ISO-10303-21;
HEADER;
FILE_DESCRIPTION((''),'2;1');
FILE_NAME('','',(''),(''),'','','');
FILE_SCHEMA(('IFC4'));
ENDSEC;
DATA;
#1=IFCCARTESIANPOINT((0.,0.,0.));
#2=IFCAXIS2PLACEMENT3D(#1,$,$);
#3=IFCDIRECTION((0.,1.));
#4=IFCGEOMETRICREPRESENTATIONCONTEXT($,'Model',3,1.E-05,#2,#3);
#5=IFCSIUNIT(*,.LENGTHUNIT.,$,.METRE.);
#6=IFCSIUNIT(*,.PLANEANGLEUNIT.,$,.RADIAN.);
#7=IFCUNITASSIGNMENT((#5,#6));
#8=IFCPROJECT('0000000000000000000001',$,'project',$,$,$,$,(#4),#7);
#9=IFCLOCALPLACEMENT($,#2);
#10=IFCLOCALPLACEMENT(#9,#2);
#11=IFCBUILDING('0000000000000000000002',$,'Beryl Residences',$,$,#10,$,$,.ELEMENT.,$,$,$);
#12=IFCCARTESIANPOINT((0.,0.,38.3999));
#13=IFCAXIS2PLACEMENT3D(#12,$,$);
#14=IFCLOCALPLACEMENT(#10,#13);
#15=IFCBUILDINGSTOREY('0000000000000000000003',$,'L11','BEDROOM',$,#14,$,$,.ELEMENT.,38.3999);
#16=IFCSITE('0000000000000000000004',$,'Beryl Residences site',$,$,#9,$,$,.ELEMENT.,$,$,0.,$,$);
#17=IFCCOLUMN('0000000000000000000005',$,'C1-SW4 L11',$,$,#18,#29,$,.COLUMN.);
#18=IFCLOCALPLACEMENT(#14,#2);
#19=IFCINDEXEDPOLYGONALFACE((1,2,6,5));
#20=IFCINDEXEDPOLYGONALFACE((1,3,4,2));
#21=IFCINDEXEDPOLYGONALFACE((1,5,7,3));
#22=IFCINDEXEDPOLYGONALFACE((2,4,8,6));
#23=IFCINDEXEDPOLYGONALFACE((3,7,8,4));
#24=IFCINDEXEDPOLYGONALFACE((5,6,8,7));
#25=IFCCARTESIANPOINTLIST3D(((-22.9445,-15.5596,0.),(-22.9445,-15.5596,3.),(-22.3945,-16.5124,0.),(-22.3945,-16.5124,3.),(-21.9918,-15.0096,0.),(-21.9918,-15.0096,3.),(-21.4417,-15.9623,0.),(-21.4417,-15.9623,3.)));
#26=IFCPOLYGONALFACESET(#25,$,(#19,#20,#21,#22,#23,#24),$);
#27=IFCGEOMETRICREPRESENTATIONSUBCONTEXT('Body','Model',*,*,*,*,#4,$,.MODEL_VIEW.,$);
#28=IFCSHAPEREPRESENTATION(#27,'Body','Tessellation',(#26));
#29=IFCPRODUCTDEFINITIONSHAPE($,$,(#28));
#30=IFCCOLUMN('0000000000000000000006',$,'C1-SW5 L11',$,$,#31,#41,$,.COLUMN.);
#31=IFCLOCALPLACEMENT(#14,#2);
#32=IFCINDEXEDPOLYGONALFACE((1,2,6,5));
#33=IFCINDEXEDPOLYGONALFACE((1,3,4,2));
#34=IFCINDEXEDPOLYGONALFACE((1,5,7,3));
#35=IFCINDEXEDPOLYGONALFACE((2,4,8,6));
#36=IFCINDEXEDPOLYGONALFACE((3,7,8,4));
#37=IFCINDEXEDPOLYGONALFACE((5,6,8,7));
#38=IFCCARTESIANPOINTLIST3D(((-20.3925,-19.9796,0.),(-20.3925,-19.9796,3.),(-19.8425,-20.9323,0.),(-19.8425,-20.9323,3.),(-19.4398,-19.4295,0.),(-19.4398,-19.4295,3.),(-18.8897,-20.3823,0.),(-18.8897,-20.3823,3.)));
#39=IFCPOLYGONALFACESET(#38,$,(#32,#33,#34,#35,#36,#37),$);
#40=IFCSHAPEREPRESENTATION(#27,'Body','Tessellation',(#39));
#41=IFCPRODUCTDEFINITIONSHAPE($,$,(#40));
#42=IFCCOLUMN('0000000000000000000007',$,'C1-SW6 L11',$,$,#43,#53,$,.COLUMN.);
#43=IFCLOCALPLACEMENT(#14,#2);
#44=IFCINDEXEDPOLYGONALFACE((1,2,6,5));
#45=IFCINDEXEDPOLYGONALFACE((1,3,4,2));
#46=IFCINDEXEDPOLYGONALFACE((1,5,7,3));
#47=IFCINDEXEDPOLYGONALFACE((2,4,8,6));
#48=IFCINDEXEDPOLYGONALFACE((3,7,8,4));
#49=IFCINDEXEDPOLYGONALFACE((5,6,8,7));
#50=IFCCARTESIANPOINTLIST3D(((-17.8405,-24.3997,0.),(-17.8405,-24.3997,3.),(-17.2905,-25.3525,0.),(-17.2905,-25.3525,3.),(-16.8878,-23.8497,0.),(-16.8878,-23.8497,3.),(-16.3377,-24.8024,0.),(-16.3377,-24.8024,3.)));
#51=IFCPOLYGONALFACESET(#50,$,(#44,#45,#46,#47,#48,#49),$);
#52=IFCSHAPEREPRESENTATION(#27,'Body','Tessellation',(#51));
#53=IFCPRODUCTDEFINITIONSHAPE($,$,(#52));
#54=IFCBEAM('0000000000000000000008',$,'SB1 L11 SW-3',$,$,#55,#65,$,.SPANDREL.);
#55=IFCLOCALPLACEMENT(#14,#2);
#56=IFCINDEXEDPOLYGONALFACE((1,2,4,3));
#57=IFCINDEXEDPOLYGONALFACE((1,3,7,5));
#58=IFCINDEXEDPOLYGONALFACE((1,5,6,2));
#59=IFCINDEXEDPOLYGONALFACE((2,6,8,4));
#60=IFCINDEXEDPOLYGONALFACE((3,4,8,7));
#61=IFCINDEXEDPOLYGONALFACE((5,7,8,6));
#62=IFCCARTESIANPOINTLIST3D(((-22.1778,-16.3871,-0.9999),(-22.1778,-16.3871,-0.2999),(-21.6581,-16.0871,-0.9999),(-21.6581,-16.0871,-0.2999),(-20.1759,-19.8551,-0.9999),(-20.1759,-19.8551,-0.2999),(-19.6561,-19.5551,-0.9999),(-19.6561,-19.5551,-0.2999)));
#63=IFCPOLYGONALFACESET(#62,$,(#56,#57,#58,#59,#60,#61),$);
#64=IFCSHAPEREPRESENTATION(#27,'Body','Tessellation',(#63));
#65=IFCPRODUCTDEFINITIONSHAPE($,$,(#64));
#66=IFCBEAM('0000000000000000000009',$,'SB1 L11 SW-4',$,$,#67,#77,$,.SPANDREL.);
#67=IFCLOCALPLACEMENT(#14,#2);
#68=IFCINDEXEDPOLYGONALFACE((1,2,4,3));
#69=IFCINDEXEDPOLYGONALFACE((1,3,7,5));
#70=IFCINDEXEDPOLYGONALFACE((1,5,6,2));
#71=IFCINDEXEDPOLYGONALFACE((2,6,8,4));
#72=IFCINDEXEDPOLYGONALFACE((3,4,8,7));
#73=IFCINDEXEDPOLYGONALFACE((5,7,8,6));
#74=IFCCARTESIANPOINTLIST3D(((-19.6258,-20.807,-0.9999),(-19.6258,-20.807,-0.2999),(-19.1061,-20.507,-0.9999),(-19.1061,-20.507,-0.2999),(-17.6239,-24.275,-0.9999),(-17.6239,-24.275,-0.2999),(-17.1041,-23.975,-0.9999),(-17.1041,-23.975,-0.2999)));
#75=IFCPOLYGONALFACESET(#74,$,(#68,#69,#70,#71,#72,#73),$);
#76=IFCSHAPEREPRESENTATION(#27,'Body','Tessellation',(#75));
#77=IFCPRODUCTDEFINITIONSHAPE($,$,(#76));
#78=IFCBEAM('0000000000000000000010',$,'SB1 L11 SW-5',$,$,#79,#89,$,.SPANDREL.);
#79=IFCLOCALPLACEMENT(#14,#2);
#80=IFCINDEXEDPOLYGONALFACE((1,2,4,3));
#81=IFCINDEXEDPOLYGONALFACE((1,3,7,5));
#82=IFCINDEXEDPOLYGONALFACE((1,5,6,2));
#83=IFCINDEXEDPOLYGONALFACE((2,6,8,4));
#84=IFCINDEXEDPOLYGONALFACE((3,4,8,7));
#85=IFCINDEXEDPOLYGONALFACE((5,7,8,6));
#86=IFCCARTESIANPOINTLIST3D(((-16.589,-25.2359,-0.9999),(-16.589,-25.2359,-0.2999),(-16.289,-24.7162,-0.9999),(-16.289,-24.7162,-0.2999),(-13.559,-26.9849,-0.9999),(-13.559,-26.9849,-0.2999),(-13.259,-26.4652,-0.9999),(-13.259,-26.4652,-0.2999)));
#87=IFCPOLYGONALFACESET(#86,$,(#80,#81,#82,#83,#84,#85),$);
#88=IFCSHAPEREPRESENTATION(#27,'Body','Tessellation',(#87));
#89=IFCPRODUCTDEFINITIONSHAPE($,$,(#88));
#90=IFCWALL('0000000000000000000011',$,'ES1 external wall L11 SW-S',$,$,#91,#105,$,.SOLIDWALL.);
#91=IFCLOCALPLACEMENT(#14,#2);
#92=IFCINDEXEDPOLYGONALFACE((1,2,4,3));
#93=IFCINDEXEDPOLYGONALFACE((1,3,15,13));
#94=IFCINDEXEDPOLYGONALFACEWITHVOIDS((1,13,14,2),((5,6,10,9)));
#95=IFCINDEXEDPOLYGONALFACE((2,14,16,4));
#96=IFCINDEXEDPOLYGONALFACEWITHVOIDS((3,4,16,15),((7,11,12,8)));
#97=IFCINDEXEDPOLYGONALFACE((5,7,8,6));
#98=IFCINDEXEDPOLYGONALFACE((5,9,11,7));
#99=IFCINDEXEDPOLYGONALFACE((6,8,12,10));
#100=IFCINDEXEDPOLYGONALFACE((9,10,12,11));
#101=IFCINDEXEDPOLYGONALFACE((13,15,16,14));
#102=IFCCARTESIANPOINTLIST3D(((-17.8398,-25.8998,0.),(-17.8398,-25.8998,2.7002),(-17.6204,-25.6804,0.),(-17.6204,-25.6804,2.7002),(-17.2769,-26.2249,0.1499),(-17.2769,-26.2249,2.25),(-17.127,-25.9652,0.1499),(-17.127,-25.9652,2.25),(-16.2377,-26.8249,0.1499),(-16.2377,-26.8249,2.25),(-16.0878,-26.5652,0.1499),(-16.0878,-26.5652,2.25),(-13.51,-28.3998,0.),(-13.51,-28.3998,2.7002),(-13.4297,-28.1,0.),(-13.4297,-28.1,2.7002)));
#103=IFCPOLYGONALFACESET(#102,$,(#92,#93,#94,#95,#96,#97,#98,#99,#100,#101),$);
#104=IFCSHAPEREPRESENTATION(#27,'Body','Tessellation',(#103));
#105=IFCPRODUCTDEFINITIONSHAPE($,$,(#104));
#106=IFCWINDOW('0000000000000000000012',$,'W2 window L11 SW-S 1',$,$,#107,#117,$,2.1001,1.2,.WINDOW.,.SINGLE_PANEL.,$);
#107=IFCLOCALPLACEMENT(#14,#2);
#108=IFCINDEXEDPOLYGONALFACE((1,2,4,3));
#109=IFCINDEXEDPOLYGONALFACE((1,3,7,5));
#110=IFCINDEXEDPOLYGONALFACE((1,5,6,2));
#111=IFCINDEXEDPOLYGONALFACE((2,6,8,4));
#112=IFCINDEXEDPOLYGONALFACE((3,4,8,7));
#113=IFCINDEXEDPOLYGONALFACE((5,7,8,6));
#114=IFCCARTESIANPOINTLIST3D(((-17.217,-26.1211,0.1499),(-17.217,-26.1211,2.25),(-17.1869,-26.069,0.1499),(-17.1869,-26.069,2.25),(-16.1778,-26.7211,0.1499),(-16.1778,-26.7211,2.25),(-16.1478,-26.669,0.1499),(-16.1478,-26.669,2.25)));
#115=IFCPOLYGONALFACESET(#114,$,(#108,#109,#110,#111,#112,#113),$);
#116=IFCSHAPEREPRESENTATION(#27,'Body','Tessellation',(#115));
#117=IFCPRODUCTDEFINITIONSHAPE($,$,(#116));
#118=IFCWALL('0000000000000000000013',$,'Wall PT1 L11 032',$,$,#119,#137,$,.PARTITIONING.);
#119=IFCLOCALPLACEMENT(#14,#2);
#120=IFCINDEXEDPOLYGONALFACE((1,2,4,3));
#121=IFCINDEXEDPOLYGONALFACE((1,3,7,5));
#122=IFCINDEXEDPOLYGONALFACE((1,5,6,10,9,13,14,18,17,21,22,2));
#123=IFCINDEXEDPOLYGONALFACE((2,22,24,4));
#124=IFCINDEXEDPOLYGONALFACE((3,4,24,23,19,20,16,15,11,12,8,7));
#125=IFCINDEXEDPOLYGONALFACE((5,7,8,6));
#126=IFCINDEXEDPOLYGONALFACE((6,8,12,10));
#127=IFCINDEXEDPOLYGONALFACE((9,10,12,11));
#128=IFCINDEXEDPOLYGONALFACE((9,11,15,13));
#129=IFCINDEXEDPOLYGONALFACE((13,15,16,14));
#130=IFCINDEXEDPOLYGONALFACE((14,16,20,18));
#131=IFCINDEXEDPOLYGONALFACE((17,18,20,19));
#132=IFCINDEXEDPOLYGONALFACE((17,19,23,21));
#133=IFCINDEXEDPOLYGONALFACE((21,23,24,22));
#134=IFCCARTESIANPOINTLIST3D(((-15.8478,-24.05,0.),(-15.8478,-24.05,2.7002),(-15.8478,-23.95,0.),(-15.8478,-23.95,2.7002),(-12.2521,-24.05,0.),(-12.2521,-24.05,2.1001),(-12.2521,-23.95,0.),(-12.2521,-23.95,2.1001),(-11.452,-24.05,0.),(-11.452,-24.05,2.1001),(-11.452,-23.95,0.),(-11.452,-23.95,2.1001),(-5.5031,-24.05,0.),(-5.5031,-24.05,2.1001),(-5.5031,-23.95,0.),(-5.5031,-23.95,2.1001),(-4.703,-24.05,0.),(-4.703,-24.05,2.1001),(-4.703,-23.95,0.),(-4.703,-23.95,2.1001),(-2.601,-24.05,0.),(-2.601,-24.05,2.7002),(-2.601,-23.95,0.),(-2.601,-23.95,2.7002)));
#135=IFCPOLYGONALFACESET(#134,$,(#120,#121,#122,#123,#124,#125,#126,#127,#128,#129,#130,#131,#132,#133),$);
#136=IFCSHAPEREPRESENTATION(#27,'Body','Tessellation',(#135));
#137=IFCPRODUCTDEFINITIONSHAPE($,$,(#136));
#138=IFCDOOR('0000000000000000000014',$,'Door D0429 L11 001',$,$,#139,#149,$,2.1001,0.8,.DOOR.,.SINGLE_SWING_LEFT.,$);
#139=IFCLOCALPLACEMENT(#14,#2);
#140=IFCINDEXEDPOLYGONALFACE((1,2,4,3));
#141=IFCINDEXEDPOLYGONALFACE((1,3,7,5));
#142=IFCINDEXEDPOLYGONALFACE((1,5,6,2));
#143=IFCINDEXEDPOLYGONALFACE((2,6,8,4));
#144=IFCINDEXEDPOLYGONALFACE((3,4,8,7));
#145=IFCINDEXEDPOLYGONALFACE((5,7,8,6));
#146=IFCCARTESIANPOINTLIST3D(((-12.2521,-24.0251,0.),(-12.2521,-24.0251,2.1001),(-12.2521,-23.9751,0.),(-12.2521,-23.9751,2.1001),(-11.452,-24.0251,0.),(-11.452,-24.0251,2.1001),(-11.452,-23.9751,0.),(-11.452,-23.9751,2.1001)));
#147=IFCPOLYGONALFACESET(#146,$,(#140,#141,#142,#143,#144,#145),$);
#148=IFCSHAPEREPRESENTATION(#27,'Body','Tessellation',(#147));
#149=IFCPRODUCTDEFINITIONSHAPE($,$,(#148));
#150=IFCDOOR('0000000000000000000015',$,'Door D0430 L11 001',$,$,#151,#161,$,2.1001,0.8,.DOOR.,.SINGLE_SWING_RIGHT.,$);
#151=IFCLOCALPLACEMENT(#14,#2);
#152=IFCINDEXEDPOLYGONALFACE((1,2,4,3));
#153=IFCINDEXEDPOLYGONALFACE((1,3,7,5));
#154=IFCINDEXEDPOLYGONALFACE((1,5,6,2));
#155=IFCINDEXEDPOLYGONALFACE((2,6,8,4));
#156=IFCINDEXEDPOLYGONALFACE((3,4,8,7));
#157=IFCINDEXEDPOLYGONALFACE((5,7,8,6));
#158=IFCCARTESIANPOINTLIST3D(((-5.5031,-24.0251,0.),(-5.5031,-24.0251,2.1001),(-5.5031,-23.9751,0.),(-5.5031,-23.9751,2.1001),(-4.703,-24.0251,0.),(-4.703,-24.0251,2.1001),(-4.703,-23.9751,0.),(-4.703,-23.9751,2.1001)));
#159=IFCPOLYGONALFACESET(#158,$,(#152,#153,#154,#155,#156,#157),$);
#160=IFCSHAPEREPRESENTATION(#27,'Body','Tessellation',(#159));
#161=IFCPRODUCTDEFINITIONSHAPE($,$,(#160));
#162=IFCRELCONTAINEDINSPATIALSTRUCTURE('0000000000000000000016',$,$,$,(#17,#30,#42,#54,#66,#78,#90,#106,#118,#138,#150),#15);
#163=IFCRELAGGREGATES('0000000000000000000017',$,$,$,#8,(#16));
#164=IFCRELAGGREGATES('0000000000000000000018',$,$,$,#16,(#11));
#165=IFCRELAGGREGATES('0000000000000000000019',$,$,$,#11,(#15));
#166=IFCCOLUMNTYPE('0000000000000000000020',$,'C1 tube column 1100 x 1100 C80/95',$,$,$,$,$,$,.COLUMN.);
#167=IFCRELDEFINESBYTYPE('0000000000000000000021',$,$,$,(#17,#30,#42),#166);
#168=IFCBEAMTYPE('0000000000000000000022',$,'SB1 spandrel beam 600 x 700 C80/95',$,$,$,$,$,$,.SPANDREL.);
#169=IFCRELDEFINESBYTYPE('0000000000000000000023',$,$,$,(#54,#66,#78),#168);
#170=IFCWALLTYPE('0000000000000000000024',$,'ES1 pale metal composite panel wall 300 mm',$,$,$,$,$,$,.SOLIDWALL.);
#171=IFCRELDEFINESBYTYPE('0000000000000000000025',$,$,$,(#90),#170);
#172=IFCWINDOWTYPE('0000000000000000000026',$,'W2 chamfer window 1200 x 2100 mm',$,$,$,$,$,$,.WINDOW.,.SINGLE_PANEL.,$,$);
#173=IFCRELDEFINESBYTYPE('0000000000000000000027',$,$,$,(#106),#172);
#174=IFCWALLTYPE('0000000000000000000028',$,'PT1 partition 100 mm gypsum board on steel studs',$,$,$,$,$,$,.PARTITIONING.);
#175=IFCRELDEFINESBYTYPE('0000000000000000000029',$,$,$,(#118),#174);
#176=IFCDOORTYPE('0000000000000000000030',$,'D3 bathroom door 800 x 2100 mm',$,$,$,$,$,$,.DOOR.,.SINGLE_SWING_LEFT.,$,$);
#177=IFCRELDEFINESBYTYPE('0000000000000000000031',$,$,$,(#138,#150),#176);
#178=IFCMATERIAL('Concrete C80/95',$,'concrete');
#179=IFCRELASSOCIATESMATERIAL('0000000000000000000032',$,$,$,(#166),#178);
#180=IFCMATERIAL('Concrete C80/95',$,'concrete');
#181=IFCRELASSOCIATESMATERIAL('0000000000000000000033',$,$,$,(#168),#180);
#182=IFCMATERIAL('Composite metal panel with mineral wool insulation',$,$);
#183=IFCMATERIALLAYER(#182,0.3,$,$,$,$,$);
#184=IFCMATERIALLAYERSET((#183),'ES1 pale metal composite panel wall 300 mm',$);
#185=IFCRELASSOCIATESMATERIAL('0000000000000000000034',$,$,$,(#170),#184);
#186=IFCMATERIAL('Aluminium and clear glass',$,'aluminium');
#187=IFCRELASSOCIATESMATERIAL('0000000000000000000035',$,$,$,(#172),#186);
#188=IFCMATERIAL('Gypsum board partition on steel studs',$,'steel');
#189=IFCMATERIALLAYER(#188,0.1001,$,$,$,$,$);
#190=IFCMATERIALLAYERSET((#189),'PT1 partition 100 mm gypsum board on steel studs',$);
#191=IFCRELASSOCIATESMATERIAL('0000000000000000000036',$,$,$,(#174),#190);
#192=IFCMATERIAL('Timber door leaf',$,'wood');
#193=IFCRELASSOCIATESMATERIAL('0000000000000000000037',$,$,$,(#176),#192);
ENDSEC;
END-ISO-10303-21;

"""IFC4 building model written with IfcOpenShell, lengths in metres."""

from ifc_helpers import new_model, si_unit, direction, frame, frame_2d, origin, origin_2d, place, context, subcontext, project, spatial, polyline, rectangle, outline, extrude, material, layer, layer_set, material_profile, profile_set, type_object, element, fill, save


model = new_model("IFC4")

# Units and contexts
model_context = context("Model", 3, precision=1e-05, world=origin(), true_north=direction((0.0, 1.0)))
body_context = subcontext(model_context, "Body", "Model", "MODEL_VIEW")
ifc_project = project(units=[si_unit("LENGTHUNIT", "METRE"), si_unit("PLANEANGLEUNIT", "RADIAN")], contexts=[model_context])

# Site, building, storey
site_placement = place(None, origin())
site = spatial("IfcSite", under=ifc_project, at=site_placement, Name="Beryl Residences site", CompositionType="ELEMENT", RefElevation=0.0)
building_placement = place(site_placement, origin())
building = spatial("IfcBuilding", under=site, at=building_placement, Name="Beryl Residences", CompositionType="ELEMENT")
storey_placement = place(building_placement, frame((0.0, 0.0, 38.3999)))
storey = spatial("IfcBuildingStorey", under=building, at=storey_placement, Name="L11", Description="BEDROOM", CompositionType="ELEMENT", Elevation=38.3999)

# Columns
ifc_material_1 = material(Name="Concrete C80/95", Category="concrete")
ifc_material_profile_1 = material_profile(ifc_material_1, rectangle(XDim=1.1001, YDim=1.1001, at=origin_2d()))
ifc_profile_set_1 = profile_set([ifc_material_profile_1], Name="Concrete C80/95")
column_type = type_object("IfcColumnType", Name="C1 tube column 1100 x 1100 C80/95", PredefinedType="COLUMN", material=ifc_profile_set_1)
for number, where, z_axis, x_axis, name in (
    (1, (-22.1931, -15.761, 0.0), (0.0, 0.0, 1.0), (0.499985, -0.866034, 0.0), "C1-SW4 L11"),
    (2, (-19.6411, -20.1809, 0.0), (0.0, 0.0, 1.0), (0.499985, -0.866034, 0.0), "C1-SW5 L11"),
    (3, (-17.0891, -24.6011, 0.0), (0.0, 0.0, 1.0), (0.499985, -0.866034, 0.0), "C1-SW6 L11"),
):
    element("IfcColumn", number, at=place(storey_placement, frame(where, z_axis=z_axis, x_axis=x_axis)), inside=storey, type_object=column_type, Name=name, PredefinedType="COLUMN", context=body_context, shape_type="SweptSolid", body=[
        extrude(rectangle(XDim=1.1001, YDim=1.1001, at=origin_2d()), origin(), (0.0, 0.0, 1.0), 3.0),
    ])

# Beams
ifc_material_2 = material(Name="Concrete C80/95", Category="concrete")
ifc_material_profile_2 = material_profile(ifc_material_2, rectangle(XDim=0.6001, YDim=0.7, at=origin_2d()))
ifc_profile_set_2 = profile_set([ifc_material_profile_2], Name="Concrete C80/95")
beam_type = type_object("IfcBeamType", Name="SB1 spandrel beam 600 x 700 C80/95", PredefinedType="SPANDREL", material=ifc_profile_set_2)
for number, where, z_axis, x_axis, name in (
    (4, (-21.918, -16.2371, -0.6499), (0.499942, -0.866059, 0.0), (0.866059, 0.499942, 0.0), "SB1 L11 SW-3"),
    (5, (-19.366, -20.657, -0.6499), (0.499942, -0.866059, 0.0), (0.866059, 0.499942, 0.0), "SB1 L11 SW-4"),
):
    element("IfcBeam", number, at=place(storey_placement, frame(where, z_axis=z_axis, x_axis=x_axis)), inside=storey, type_object=beam_type, Name=name, PredefinedType="SPANDREL", context=body_context, shape_type="SweptSolid", body=[
        extrude(rectangle(XDim=0.6001, YDim=0.7, at=origin_2d()), origin(), (0.0, 0.0, 1.0), 4.0044),
    ])
beam_placement = place(storey_placement, frame((-16.439, -24.9761, -0.6499), z_axis=(0.866071, -0.499922, 0.0), x_axis=(0.499922, 0.866071, 0.0)))
element("IfcBeam", 6, at=beam_placement, inside=storey, type_object=beam_type, Name="SB1 L11 SW-5", PredefinedType="SPANDREL", context=body_context, shape_type="SweptSolid", body=[
    extrude(rectangle(XDim=0.6001, YDim=0.7, at=origin_2d()), origin(), (0.0, 0.0, 1.0), 3.4985),
])

# Wall, opening, window
ifc_material_3 = material(Name="Composite metal panel with mineral wool insulation")
ifc_layer_1 = layer(ifc_material_3, 0.3)
ifc_layer_set_1 = layer_set([ifc_layer_1], Name="ES1 pale metal composite panel wall 300 mm")
wall_type_1 = type_object("IfcWallType", Name="ES1 pale metal composite panel wall 300 mm", PredefinedType="SOLIDWALL", material=ifc_layer_set_1)
wall_1_placement = place(storey_placement, frame((-17.7649, -25.77, 0.0), z_axis=(0.0, 0.0, 1.0), x_axis=(0.866011, -0.500025, 0.0)))
wall_1 = element("IfcWall", 7, at=wall_1_placement, inside=storey, type_object=wall_type_1, Name="ES1 external wall L11 SW-S", PredefinedType="SOLIDWALL", context=body_context, shape_type="SweptSolid", body=[
    extrude(outline(polyline([(0.0, -0.1499), (4.9998, -0.1499), (4.9194, 0.1499), (0.0803, 0.1499), (0.0, -0.1499)])), origin(), (0.0, 0.0, 1.0), 2.7002),
])
opening_1_placement = place(wall_1_placement, frame((0.6499, 0.0, 0.1499)))
opening_1 = element("IfcOpeningElement", 8, at=opening_1_placement, cuts=wall_1, PredefinedType="OPENING", context=body_context, shape_type="SweptSolid", body=[
    extrude(rectangle(XDim=1.2, YDim=2.1001, at=frame_2d((0.6001, 1.05))), frame((0.0, 0.1599, 0.0), z_axis=(0.0, -1.0, 0.0), x_axis=(1.0, 0.0, 0.0)), (0.0, 0.0, 1.0), 0.3201),
])
ifc_material_4 = material(Name="Aluminium and clear glass", Category="aluminium")
window_type = type_object("IfcWindowType", Name="W2 chamfer window 1200 x 2100 mm", PartitioningType="SINGLE_PANEL", PredefinedType="WINDOW", material=ifc_material_4)
window_placement = place(opening_1_placement, origin())
window = element("IfcWindow", 9, at=window_placement, inside=storey, type_object=window_type, Name="W2 window L11 SW-S 1", OverallHeight=2.1001, OverallWidth=1.2, PartitioningType="SINGLE_PANEL", PredefinedType="WINDOW", context=body_context, shape_type="SweptSolid", body=[
    extrude(rectangle(XDim=1.2, YDim=2.1001, at=frame_2d((0.6001, 1.05))), frame((0.0, 0.03, 0.0), z_axis=(0.0, -1.0, 0.0), x_axis=(1.0, 0.0, 0.0)), (0.0, 0.0, 1.0), 0.0601),
])
fill(opening_1, window)

# Wall, openings, doors
ifc_material_5 = material(Name="Gypsum board partition on steel studs", Category="steel")
ifc_layer_2 = layer(ifc_material_5, 0.1001)
ifc_layer_set_2 = layer_set([ifc_layer_2], Name="PT1 partition 100 mm gypsum board on steel studs")
wall_type_2 = type_object("IfcWallType", Name="PT1 partition 100 mm gypsum board on steel studs", PredefinedType="PARTITIONING", material=ifc_layer_set_2)
wall_2_placement = place(storey_placement, frame((-15.8479, -24.0, 0.0), z_axis=(0.0, 0.0, 1.0), x_axis=(1.0, 0.0, 0.0)))
wall_2 = element("IfcWall", 10, at=wall_2_placement, inside=storey, type_object=wall_type_2, Name="Wall PT1 L11 032", PredefinedType="PARTITIONING", context=body_context, shape_type="SweptSolid", body=[
    extrude(rectangle(XDim=13.2468, YDim=0.1001, at=frame_2d((6.6235, 0.0))), origin(), (0.0, 0.0, 1.0), 2.7002),
])
opening_2_placement = place(wall_2_placement, frame((3.5959, 0.0, 0.0)))
opening_2 = element("IfcOpeningElement", 11, at=opening_2_placement, cuts=wall_2, PredefinedType="OPENING", context=body_context, shape_type="SweptSolid", body=[
    extrude(rectangle(XDim=0.8, YDim=2.1001, at=frame_2d((0.3999, 1.05))), frame((0.0, 0.0601, 0.0), z_axis=(0.0, -1.0, 0.0), x_axis=(1.0, 0.0, 0.0)), (0.0, 0.0, 1.0), 0.1201),
])
opening_3_placement = place(wall_2_placement, frame((10.345, 0.0, 0.0)))
opening_3 = element("IfcOpeningElement", 12, at=opening_3_placement, cuts=wall_2, PredefinedType="OPENING", context=body_context, shape_type="SweptSolid", body=[
    extrude(rectangle(XDim=0.8, YDim=2.1001, at=frame_2d((0.3999, 1.05))), frame((0.0, 0.0601, 0.0), z_axis=(0.0, -1.0, 0.0), x_axis=(1.0, 0.0, 0.0)), (0.0, 0.0, 1.0), 0.1201),
])
ifc_material_6 = material(Name="Timber door leaf", Category="wood")
door_type_1 = type_object("IfcDoorType", Name="D3 bathroom door 800 x 2100 mm", OperationType="SINGLE_SWING_LEFT", PredefinedType="DOOR", material=ifc_material_6)
door_1_placement = place(opening_2_placement, origin())
door_1 = element("IfcDoor", 13, at=door_1_placement, inside=storey, type_object=door_type_1, Name="Door D0429 L11 001", OperationType="SINGLE_SWING_LEFT", OverallHeight=2.1001, OverallWidth=0.8, PredefinedType="DOOR", context=body_context, shape_type="SweptSolid", body=[
    extrude(rectangle(XDim=0.8, YDim=2.1001, at=frame_2d((0.3999, 1.05))), frame((0.0, 0.0249, 0.0), z_axis=(0.0, -1.0, 0.0), x_axis=(1.0, 0.0, 0.0)), (0.0, 0.0, 1.0), 0.05),
])
fill(opening_2, door_1)
door_2_placement = place(opening_3_placement, origin())
door_2 = element("IfcDoor", 14, at=door_2_placement, inside=storey, type_object=door_type_1, Name="Door D0430 L11 001", OperationType="SINGLE_SWING_RIGHT", OverallHeight=2.1001, OverallWidth=0.8, PredefinedType="DOOR", context=body_context, shape_type="SweptSolid", body=[
    extrude(rectangle(XDim=0.8, YDim=2.1001, at=frame_2d((0.3999, 1.05))), frame((0.0, 0.0249, 0.0), z_axis=(0.0, -1.0, 0.0), x_axis=(1.0, 0.0, 0.0)), (0.0, 0.0, 1.0), 0.05),
])
fill(opening_3, door_2)

save(model, "model.ifc")
